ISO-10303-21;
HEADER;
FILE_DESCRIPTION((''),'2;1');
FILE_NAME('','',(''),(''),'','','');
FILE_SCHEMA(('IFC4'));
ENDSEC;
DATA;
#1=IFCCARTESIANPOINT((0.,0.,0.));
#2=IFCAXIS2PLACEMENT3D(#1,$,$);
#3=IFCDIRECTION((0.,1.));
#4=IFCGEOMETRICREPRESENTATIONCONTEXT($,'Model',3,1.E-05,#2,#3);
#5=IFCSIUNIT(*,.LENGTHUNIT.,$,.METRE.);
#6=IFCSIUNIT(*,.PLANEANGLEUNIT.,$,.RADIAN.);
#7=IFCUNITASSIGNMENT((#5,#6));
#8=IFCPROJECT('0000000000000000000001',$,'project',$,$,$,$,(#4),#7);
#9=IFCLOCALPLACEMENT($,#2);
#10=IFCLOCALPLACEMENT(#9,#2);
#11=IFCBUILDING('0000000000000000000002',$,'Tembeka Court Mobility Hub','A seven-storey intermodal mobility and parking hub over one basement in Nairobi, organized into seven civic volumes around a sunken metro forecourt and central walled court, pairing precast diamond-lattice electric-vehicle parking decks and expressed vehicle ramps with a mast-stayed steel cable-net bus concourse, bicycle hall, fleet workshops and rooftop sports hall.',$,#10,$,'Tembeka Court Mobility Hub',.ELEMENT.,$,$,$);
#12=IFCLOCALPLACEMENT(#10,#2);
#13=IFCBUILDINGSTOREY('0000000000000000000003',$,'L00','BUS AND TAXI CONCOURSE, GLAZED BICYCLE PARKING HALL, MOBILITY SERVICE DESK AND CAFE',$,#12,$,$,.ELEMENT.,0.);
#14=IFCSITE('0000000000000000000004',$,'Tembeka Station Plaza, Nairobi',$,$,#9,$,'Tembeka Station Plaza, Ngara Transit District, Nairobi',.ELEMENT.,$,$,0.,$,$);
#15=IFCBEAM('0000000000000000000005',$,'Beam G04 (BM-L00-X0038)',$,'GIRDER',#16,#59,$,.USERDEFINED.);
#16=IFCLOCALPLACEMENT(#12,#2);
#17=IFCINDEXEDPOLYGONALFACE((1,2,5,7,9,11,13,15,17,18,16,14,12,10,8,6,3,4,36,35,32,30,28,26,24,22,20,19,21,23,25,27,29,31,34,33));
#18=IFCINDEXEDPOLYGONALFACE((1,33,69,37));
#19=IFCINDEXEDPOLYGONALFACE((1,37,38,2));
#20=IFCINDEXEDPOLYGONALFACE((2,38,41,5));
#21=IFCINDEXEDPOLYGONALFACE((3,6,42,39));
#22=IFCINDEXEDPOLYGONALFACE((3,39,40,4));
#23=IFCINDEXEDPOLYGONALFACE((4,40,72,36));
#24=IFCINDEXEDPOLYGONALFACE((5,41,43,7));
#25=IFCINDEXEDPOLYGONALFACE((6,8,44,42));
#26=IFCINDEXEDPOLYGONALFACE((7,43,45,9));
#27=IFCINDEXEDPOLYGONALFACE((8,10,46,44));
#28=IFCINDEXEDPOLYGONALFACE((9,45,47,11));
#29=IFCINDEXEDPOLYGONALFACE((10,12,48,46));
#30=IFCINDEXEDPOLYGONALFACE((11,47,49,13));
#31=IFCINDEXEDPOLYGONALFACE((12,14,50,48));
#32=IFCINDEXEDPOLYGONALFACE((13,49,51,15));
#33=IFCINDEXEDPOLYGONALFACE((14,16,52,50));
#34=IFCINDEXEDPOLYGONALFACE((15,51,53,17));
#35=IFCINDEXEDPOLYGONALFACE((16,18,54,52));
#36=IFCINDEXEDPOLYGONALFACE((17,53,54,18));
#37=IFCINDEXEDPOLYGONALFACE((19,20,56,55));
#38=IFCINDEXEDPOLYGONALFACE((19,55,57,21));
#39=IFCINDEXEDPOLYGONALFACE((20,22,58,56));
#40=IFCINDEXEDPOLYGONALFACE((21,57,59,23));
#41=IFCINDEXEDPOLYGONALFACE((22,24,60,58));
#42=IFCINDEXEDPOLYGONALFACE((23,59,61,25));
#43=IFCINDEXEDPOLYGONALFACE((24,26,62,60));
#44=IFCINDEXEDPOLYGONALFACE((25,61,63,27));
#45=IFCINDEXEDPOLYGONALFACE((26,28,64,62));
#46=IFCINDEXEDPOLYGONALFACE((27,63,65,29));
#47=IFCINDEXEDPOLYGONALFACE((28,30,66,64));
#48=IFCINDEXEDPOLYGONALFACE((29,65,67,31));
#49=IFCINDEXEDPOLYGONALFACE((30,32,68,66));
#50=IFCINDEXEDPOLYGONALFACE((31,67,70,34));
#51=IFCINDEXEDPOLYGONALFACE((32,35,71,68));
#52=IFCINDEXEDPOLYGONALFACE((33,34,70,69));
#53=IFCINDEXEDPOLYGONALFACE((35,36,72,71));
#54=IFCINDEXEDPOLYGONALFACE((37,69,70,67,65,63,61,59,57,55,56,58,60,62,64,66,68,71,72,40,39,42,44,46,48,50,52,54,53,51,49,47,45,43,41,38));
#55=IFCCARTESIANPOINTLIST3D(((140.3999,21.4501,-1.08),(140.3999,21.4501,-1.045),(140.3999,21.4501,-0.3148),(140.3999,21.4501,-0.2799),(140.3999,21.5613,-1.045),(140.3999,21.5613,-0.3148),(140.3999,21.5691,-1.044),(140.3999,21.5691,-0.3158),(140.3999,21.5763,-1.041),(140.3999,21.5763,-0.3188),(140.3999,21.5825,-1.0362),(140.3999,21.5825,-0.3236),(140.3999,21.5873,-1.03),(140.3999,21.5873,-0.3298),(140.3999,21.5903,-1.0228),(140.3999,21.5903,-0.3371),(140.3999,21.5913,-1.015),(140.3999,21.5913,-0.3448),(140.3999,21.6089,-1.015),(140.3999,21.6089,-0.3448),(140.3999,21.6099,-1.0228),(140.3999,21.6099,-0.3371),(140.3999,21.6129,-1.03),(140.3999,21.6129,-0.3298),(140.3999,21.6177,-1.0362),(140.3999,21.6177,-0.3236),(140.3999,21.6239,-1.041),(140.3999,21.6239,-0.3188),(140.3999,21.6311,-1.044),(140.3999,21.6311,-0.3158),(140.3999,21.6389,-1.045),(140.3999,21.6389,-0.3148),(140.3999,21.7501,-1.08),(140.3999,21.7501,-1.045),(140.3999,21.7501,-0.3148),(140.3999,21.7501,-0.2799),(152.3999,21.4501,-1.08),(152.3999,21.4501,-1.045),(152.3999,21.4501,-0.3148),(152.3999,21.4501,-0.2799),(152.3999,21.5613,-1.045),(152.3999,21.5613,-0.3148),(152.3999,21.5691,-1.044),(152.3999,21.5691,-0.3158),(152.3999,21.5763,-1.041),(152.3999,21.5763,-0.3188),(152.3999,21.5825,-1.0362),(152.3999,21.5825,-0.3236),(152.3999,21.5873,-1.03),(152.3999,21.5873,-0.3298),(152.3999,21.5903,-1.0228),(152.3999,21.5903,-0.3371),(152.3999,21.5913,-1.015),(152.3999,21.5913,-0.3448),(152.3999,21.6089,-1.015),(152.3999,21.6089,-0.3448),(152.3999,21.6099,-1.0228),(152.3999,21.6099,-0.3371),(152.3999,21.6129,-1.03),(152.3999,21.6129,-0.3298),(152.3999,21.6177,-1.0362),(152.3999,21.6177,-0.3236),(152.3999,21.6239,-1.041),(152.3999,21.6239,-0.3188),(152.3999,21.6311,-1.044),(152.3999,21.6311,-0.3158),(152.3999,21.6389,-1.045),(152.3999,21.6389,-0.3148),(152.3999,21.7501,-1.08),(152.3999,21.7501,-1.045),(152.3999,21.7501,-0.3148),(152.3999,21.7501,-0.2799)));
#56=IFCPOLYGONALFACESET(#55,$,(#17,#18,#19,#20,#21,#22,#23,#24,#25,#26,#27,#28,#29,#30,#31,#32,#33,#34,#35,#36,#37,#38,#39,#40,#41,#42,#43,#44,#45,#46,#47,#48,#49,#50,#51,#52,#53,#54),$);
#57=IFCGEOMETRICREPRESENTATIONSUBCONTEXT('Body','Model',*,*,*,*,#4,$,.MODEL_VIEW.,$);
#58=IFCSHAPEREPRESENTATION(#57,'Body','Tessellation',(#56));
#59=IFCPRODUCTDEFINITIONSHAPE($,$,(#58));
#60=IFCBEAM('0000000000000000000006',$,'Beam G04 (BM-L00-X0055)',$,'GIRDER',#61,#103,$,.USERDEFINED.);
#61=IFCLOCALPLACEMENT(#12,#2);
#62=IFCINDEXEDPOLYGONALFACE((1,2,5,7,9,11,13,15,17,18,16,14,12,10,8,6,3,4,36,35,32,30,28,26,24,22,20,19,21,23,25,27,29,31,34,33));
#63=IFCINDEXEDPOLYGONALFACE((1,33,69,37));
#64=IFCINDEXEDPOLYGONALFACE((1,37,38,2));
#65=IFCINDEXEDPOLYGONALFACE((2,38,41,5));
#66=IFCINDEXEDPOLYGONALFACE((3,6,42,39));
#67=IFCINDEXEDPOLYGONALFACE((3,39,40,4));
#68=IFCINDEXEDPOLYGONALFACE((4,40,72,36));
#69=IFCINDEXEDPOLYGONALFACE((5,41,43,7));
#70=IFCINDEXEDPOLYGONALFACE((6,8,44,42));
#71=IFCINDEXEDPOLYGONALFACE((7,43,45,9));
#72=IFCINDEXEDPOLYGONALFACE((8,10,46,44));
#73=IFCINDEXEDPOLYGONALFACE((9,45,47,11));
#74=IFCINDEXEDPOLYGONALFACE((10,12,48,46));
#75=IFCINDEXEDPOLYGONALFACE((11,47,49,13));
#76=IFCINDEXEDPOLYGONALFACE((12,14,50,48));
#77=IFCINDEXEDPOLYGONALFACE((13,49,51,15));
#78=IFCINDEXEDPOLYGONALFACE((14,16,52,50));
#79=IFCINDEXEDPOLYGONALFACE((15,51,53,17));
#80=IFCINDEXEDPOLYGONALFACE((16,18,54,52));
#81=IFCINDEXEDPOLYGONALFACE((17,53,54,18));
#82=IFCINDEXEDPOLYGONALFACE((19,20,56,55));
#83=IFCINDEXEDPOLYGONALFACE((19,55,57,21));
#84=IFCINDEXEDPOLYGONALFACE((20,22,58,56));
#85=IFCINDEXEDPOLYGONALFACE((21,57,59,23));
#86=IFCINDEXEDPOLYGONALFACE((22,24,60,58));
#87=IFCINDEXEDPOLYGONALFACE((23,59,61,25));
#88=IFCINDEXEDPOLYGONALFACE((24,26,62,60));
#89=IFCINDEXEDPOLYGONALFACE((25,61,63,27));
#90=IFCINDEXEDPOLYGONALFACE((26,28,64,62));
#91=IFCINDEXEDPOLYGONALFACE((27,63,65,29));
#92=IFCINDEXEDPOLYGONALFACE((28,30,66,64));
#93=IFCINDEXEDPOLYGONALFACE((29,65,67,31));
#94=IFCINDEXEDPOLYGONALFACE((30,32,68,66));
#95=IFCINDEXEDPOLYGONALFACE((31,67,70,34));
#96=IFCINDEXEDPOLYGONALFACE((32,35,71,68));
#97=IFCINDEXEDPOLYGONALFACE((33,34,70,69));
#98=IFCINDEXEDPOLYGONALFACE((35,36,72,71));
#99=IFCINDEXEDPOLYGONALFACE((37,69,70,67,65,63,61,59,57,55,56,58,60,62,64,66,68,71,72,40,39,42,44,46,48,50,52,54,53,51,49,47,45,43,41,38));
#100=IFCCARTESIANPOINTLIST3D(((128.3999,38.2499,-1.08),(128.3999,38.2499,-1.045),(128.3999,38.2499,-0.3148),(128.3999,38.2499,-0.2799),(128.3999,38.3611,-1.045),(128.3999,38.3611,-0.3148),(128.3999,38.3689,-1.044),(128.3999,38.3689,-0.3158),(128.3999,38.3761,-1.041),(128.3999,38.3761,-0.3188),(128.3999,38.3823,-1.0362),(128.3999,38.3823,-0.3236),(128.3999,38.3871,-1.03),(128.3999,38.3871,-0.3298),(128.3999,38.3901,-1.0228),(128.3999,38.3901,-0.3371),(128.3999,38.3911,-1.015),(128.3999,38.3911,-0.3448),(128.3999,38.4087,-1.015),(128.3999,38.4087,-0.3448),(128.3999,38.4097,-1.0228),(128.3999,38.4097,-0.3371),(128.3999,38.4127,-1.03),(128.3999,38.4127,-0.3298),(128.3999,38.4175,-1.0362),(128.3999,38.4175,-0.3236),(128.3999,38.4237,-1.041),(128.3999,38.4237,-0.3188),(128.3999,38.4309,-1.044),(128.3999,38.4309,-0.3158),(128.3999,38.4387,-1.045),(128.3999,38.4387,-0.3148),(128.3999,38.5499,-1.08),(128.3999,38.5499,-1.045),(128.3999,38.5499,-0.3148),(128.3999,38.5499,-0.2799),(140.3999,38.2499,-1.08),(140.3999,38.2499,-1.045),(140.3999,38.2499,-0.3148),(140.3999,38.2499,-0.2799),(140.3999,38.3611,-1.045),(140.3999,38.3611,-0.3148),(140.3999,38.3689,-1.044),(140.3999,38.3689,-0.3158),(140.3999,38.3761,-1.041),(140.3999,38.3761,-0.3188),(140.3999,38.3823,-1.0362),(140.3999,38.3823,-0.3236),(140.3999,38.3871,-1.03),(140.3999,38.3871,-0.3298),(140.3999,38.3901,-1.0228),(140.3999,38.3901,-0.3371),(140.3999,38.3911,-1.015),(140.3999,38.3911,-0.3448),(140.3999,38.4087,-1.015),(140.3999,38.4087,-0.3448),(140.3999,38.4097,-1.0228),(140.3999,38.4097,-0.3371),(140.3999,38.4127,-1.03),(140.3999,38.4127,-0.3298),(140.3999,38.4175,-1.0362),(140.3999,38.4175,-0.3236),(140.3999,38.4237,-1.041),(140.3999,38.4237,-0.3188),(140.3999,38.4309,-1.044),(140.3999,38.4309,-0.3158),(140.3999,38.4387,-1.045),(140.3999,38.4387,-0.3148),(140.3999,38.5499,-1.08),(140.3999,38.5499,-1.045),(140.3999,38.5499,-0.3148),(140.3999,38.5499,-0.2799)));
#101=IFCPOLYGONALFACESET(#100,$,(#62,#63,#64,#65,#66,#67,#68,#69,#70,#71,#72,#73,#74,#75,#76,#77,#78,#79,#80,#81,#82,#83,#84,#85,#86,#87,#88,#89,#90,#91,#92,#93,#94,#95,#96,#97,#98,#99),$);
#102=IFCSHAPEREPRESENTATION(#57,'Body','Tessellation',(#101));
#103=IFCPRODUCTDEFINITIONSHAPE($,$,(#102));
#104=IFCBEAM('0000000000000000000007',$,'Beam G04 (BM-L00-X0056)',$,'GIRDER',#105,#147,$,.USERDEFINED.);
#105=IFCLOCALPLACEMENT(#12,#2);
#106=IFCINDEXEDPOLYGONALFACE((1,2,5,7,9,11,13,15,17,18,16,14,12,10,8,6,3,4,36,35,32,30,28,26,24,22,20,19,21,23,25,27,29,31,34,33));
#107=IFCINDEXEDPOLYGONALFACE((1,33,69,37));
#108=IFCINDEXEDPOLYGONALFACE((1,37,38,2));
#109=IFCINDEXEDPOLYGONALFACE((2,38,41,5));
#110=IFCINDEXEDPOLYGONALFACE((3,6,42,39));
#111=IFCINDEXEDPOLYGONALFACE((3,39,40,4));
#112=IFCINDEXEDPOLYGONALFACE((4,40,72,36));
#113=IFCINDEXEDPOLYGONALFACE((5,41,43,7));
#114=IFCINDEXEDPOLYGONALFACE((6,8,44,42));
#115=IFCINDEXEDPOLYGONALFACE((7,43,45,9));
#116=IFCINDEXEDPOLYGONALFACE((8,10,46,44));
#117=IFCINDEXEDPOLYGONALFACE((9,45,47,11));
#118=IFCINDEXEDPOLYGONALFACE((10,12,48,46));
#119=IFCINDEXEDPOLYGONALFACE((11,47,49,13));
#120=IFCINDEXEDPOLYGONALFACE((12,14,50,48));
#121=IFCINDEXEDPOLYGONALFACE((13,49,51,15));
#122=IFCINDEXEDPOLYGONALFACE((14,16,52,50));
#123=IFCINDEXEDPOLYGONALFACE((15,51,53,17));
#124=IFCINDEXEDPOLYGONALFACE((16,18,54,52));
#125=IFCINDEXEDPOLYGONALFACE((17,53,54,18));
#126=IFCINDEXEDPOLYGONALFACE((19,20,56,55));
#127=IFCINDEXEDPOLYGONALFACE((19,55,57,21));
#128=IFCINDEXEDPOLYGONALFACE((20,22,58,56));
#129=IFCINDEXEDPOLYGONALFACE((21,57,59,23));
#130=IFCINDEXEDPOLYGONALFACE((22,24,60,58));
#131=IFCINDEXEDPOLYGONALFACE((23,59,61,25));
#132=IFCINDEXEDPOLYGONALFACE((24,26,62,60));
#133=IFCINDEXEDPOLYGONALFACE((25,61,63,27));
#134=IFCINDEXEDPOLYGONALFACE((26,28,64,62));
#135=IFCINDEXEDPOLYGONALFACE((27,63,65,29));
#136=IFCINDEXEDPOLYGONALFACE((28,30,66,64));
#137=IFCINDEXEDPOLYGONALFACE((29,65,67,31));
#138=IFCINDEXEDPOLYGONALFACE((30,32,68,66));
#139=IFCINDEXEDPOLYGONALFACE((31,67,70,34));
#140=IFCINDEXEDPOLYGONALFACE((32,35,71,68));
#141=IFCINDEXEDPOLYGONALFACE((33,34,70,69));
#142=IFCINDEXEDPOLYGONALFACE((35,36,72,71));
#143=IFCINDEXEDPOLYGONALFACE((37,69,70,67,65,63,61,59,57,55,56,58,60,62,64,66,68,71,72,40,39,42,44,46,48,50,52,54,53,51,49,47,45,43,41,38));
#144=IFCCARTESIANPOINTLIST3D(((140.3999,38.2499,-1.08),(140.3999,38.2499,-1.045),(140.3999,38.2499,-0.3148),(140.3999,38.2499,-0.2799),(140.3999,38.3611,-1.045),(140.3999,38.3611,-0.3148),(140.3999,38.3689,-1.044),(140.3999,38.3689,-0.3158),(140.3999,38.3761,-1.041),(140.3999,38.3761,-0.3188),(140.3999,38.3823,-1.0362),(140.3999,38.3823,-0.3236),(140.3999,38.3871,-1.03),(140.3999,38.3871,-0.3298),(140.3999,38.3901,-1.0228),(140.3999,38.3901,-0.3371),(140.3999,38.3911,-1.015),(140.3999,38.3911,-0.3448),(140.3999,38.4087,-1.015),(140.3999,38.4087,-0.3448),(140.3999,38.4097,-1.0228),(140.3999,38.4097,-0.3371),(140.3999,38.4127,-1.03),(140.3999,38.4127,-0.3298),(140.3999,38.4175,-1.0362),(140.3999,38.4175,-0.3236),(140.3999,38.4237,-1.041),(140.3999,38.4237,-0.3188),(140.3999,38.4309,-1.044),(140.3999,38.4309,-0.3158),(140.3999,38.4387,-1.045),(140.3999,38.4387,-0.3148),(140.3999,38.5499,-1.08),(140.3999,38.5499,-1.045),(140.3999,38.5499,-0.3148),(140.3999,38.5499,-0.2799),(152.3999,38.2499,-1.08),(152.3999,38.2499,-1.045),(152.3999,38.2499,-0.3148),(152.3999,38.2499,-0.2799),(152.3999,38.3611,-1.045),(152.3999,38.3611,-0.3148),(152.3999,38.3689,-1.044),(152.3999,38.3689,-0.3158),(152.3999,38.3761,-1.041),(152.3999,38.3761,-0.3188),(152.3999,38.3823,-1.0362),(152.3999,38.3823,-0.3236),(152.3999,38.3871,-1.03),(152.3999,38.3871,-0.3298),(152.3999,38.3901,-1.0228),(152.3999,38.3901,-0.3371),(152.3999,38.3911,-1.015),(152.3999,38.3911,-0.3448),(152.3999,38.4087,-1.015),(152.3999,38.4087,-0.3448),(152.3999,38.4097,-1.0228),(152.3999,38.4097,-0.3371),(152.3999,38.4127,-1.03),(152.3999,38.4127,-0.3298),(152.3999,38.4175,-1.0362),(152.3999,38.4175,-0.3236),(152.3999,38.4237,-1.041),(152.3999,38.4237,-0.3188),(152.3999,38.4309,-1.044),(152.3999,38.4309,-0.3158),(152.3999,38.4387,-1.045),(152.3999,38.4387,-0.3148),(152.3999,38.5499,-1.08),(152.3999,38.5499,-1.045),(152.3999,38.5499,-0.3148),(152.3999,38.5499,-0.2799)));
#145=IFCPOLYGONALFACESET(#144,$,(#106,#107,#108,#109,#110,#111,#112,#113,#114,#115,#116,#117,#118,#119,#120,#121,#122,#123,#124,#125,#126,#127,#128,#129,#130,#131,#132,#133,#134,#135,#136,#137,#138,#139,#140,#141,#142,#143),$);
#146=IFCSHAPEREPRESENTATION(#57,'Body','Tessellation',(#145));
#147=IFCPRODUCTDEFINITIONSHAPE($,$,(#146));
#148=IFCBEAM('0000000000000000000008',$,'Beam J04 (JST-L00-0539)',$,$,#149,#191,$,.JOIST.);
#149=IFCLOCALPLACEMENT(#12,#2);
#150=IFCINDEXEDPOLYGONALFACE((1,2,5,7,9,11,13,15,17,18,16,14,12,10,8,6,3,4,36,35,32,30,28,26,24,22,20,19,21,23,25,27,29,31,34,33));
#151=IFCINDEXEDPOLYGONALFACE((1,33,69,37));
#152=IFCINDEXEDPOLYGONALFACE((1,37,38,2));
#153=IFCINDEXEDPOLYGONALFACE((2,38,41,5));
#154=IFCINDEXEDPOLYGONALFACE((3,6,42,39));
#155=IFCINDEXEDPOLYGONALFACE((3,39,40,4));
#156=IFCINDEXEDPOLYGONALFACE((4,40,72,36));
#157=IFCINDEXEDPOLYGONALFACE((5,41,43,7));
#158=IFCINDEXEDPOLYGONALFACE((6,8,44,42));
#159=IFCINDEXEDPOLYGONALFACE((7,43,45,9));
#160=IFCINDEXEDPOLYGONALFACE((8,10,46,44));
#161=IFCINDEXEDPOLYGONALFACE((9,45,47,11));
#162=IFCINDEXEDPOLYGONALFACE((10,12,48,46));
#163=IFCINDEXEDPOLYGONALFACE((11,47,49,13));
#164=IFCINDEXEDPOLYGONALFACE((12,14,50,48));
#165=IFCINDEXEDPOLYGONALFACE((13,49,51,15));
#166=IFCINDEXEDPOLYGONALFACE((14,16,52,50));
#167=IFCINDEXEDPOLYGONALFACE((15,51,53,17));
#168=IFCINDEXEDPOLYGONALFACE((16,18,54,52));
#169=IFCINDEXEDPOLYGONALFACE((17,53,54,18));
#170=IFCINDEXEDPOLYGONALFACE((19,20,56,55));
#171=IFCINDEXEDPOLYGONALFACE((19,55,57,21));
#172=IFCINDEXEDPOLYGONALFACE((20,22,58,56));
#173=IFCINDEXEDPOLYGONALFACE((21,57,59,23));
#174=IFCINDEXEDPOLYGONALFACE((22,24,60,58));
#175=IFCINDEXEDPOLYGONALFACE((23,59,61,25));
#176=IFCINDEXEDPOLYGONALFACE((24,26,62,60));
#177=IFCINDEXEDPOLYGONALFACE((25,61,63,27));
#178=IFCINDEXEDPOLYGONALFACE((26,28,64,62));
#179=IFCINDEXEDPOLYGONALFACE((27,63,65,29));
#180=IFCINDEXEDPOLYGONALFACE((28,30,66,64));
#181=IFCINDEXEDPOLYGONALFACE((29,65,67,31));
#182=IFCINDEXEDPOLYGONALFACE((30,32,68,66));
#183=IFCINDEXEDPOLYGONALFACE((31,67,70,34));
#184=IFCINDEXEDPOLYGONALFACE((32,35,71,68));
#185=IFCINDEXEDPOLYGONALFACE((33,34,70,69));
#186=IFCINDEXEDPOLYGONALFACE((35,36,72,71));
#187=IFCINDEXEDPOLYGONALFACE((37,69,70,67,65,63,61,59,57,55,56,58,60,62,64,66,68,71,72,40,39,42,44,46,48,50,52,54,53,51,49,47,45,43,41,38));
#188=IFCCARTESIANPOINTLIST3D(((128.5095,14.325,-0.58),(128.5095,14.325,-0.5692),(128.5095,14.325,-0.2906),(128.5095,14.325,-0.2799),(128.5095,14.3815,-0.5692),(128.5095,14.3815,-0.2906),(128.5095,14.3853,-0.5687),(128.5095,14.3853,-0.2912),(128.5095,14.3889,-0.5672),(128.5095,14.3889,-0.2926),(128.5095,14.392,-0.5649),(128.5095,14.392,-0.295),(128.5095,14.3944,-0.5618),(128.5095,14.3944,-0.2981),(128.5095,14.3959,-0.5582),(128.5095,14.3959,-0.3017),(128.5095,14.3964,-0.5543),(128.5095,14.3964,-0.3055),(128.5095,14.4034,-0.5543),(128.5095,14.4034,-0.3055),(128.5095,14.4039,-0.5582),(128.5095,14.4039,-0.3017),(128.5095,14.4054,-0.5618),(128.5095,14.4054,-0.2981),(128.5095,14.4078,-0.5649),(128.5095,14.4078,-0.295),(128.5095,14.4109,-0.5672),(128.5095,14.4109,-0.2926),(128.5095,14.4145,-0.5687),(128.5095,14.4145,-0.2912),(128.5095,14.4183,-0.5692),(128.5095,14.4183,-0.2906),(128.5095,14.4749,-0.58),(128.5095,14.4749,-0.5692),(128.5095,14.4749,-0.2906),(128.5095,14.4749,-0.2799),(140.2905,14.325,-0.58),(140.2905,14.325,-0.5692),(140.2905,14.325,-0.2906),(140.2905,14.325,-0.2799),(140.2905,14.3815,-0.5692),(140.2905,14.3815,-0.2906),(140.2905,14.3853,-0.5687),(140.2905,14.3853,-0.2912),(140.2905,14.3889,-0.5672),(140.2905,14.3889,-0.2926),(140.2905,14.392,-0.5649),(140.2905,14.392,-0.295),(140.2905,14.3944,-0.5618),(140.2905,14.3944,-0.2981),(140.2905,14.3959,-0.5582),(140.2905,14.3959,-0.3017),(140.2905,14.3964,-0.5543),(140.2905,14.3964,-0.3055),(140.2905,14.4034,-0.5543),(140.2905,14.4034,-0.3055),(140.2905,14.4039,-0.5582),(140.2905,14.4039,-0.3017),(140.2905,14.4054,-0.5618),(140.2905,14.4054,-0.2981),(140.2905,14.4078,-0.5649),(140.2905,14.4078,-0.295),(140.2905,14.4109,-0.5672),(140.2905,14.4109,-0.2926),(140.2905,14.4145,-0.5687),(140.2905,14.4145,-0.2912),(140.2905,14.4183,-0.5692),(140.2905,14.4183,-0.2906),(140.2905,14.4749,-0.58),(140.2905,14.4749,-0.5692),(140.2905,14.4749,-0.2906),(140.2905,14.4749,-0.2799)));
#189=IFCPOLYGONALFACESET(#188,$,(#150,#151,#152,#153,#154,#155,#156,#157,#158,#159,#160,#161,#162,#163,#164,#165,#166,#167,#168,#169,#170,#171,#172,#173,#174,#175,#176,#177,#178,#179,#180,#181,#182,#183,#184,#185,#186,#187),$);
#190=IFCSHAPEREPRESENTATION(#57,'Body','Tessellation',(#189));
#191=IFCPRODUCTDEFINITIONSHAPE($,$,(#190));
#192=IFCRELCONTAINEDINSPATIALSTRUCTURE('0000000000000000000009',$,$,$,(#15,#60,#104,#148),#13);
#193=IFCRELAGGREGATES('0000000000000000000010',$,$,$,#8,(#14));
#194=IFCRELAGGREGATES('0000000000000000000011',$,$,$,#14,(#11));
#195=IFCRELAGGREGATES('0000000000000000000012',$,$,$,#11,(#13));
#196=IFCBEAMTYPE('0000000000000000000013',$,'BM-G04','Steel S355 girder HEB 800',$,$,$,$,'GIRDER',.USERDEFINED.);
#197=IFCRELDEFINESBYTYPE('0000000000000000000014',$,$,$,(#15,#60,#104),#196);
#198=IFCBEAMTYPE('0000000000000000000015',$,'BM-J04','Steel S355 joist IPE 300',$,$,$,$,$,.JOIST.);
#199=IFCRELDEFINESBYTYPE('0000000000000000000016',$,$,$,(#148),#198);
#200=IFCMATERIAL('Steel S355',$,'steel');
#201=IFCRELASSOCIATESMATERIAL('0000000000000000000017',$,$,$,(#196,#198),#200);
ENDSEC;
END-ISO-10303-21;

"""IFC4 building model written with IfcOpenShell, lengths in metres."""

from ifc_helpers import new_model, si_unit, direction, frame, origin, origin_2d, place, context, subcontext, project, spatial, i_section, extrude, material, material_profile, profile_set, type_object, element, save


model = new_model("IFC4")

# Units and contexts
model_context = context("Model", 3, precision=1e-05, world=origin(), true_north=direction((0.0, 1.0)))
body_context = subcontext(model_context, "Body", "Model", "MODEL_VIEW")
ifc_project = project(units=[si_unit("LENGTHUNIT", "METRE"), si_unit("PLANEANGLEUNIT", "RADIAN")], contexts=[model_context])

# Site, building, storey
site_placement = place(None, origin())
site = spatial("IfcSite", under=ifc_project, at=site_placement, Name="Tembeka Station Plaza, Nairobi", LongName="Tembeka Station Plaza, Ngara Transit District, Nairobi", CompositionType="ELEMENT", RefElevation=0.0)
building_placement = place(site_placement, origin())
building = spatial("IfcBuilding", under=site, at=building_placement, Name="Tembeka Court Mobility Hub", Description="A seven-storey intermodal mobility and parking hub over one basement in Nairobi, organized into seven civic volumes around a sunken metro forecourt and central walled court, pairing precast diamond-lattice electric-vehicle parking decks and expressed vehicle ramps with a mast-stayed steel cable-net bus concourse, bicycle hall, fleet workshops and rooftop sports hall.", LongName="Tembeka Court Mobility Hub", CompositionType="ELEMENT")
storey_placement = place(building_placement, origin())
storey = spatial("IfcBuildingStorey", under=building, at=storey_placement, Name="L00", Description="BUS AND TAXI CONCOURSE, GLAZED BICYCLE PARKING HALL, MOBILITY SERVICE DESK AND CAFE", CompositionType="ELEMENT", Elevation=0.0)

# Shared definitions
ifc_material_1 = material(Name="Steel S355", Category="steel")

# Beams
ifc_material_profile_1 = material_profile(ifc_material_1, i_section(OverallWidth=0.3, OverallDepth=0.8, WebThickness=0.0176, FlangeThickness=0.0349, FilletRadius=0.03, at=origin_2d()), Name="HEB 800")
ifc_profile_set_1 = profile_set([ifc_material_profile_1], Name="Steel S355")
beam_type_1 = type_object("IfcBeamType", Name="BM-G04", Description="Steel S355 girder HEB 800", ElementType="GIRDER", PredefinedType="USERDEFINED", material=ifc_profile_set_1)
for number, where, z_axis, x_axis, name in (
    (1, (140.3999, 21.6001, -0.6799), (1.0, 0.0, 0.0), (0.0, 1.0, 0.0), "Beam G04 (BM-L00-X0038)"),
    (2, (128.3999, 38.3999, -0.6799), (1.0, 0.0, 0.0), (0.0, 1.0, 0.0), "Beam G04 (BM-L00-X0055)"),
    (3, (140.3999, 38.3999, -0.6799), (1.0, 0.0, 0.0), (0.0, 1.0, 0.0), "Beam G04 (BM-L00-X0056)"),
):
    element("IfcBeam", number, at=place(storey_placement, frame(where, z_axis=z_axis, x_axis=x_axis)), inside=storey, type_object=beam_type_1, Name=name, ObjectType="GIRDER", PredefinedType="USERDEFINED", context=body_context, shape_type="SweptSolid", body=[
        extrude(i_section(OverallWidth=0.3, OverallDepth=0.8, WebThickness=0.0176, FlangeThickness=0.0349, FilletRadius=0.03, at=origin_2d()), origin(), (0.0, 0.0, 1.0), 12.0),
    ])
ifc_material_profile_2 = material_profile(ifc_material_1, i_section(OverallWidth=0.1499, OverallDepth=0.3, WebThickness=0.0071, FlangeThickness=0.0107, FilletRadius=0.0149, at=origin_2d()), Name="IPE 300")
ifc_profile_set_2 = profile_set([ifc_material_profile_2], Name="Steel S355")
beam_type_2 = type_object("IfcBeamType", Name="BM-J04", Description="Steel S355 joist IPE 300", PredefinedType="JOIST", material=ifc_profile_set_2)
for number, where, z_axis, x_axis, name in (
    (4, (128.5095, 14.3999, -0.4299), (1.0, 0.0, 0.0), (0.0, 1.0, 0.0), "Beam J04 (JST-L00-0539)"),
):
    element("IfcBeam", number, at=place(storey_placement, frame(where, z_axis=z_axis, x_axis=x_axis)), inside=storey, type_object=beam_type_2, Name=name, PredefinedType="JOIST", context=body_context, shape_type="SweptSolid", body=[
        extrude(i_section(OverallWidth=0.1499, OverallDepth=0.3, WebThickness=0.0071, FlangeThickness=0.0107, FilletRadius=0.0149, at=origin_2d()), origin(), (0.0, 0.0, 1.0), 11.781),
    ])

save(model, "model.ifc")
